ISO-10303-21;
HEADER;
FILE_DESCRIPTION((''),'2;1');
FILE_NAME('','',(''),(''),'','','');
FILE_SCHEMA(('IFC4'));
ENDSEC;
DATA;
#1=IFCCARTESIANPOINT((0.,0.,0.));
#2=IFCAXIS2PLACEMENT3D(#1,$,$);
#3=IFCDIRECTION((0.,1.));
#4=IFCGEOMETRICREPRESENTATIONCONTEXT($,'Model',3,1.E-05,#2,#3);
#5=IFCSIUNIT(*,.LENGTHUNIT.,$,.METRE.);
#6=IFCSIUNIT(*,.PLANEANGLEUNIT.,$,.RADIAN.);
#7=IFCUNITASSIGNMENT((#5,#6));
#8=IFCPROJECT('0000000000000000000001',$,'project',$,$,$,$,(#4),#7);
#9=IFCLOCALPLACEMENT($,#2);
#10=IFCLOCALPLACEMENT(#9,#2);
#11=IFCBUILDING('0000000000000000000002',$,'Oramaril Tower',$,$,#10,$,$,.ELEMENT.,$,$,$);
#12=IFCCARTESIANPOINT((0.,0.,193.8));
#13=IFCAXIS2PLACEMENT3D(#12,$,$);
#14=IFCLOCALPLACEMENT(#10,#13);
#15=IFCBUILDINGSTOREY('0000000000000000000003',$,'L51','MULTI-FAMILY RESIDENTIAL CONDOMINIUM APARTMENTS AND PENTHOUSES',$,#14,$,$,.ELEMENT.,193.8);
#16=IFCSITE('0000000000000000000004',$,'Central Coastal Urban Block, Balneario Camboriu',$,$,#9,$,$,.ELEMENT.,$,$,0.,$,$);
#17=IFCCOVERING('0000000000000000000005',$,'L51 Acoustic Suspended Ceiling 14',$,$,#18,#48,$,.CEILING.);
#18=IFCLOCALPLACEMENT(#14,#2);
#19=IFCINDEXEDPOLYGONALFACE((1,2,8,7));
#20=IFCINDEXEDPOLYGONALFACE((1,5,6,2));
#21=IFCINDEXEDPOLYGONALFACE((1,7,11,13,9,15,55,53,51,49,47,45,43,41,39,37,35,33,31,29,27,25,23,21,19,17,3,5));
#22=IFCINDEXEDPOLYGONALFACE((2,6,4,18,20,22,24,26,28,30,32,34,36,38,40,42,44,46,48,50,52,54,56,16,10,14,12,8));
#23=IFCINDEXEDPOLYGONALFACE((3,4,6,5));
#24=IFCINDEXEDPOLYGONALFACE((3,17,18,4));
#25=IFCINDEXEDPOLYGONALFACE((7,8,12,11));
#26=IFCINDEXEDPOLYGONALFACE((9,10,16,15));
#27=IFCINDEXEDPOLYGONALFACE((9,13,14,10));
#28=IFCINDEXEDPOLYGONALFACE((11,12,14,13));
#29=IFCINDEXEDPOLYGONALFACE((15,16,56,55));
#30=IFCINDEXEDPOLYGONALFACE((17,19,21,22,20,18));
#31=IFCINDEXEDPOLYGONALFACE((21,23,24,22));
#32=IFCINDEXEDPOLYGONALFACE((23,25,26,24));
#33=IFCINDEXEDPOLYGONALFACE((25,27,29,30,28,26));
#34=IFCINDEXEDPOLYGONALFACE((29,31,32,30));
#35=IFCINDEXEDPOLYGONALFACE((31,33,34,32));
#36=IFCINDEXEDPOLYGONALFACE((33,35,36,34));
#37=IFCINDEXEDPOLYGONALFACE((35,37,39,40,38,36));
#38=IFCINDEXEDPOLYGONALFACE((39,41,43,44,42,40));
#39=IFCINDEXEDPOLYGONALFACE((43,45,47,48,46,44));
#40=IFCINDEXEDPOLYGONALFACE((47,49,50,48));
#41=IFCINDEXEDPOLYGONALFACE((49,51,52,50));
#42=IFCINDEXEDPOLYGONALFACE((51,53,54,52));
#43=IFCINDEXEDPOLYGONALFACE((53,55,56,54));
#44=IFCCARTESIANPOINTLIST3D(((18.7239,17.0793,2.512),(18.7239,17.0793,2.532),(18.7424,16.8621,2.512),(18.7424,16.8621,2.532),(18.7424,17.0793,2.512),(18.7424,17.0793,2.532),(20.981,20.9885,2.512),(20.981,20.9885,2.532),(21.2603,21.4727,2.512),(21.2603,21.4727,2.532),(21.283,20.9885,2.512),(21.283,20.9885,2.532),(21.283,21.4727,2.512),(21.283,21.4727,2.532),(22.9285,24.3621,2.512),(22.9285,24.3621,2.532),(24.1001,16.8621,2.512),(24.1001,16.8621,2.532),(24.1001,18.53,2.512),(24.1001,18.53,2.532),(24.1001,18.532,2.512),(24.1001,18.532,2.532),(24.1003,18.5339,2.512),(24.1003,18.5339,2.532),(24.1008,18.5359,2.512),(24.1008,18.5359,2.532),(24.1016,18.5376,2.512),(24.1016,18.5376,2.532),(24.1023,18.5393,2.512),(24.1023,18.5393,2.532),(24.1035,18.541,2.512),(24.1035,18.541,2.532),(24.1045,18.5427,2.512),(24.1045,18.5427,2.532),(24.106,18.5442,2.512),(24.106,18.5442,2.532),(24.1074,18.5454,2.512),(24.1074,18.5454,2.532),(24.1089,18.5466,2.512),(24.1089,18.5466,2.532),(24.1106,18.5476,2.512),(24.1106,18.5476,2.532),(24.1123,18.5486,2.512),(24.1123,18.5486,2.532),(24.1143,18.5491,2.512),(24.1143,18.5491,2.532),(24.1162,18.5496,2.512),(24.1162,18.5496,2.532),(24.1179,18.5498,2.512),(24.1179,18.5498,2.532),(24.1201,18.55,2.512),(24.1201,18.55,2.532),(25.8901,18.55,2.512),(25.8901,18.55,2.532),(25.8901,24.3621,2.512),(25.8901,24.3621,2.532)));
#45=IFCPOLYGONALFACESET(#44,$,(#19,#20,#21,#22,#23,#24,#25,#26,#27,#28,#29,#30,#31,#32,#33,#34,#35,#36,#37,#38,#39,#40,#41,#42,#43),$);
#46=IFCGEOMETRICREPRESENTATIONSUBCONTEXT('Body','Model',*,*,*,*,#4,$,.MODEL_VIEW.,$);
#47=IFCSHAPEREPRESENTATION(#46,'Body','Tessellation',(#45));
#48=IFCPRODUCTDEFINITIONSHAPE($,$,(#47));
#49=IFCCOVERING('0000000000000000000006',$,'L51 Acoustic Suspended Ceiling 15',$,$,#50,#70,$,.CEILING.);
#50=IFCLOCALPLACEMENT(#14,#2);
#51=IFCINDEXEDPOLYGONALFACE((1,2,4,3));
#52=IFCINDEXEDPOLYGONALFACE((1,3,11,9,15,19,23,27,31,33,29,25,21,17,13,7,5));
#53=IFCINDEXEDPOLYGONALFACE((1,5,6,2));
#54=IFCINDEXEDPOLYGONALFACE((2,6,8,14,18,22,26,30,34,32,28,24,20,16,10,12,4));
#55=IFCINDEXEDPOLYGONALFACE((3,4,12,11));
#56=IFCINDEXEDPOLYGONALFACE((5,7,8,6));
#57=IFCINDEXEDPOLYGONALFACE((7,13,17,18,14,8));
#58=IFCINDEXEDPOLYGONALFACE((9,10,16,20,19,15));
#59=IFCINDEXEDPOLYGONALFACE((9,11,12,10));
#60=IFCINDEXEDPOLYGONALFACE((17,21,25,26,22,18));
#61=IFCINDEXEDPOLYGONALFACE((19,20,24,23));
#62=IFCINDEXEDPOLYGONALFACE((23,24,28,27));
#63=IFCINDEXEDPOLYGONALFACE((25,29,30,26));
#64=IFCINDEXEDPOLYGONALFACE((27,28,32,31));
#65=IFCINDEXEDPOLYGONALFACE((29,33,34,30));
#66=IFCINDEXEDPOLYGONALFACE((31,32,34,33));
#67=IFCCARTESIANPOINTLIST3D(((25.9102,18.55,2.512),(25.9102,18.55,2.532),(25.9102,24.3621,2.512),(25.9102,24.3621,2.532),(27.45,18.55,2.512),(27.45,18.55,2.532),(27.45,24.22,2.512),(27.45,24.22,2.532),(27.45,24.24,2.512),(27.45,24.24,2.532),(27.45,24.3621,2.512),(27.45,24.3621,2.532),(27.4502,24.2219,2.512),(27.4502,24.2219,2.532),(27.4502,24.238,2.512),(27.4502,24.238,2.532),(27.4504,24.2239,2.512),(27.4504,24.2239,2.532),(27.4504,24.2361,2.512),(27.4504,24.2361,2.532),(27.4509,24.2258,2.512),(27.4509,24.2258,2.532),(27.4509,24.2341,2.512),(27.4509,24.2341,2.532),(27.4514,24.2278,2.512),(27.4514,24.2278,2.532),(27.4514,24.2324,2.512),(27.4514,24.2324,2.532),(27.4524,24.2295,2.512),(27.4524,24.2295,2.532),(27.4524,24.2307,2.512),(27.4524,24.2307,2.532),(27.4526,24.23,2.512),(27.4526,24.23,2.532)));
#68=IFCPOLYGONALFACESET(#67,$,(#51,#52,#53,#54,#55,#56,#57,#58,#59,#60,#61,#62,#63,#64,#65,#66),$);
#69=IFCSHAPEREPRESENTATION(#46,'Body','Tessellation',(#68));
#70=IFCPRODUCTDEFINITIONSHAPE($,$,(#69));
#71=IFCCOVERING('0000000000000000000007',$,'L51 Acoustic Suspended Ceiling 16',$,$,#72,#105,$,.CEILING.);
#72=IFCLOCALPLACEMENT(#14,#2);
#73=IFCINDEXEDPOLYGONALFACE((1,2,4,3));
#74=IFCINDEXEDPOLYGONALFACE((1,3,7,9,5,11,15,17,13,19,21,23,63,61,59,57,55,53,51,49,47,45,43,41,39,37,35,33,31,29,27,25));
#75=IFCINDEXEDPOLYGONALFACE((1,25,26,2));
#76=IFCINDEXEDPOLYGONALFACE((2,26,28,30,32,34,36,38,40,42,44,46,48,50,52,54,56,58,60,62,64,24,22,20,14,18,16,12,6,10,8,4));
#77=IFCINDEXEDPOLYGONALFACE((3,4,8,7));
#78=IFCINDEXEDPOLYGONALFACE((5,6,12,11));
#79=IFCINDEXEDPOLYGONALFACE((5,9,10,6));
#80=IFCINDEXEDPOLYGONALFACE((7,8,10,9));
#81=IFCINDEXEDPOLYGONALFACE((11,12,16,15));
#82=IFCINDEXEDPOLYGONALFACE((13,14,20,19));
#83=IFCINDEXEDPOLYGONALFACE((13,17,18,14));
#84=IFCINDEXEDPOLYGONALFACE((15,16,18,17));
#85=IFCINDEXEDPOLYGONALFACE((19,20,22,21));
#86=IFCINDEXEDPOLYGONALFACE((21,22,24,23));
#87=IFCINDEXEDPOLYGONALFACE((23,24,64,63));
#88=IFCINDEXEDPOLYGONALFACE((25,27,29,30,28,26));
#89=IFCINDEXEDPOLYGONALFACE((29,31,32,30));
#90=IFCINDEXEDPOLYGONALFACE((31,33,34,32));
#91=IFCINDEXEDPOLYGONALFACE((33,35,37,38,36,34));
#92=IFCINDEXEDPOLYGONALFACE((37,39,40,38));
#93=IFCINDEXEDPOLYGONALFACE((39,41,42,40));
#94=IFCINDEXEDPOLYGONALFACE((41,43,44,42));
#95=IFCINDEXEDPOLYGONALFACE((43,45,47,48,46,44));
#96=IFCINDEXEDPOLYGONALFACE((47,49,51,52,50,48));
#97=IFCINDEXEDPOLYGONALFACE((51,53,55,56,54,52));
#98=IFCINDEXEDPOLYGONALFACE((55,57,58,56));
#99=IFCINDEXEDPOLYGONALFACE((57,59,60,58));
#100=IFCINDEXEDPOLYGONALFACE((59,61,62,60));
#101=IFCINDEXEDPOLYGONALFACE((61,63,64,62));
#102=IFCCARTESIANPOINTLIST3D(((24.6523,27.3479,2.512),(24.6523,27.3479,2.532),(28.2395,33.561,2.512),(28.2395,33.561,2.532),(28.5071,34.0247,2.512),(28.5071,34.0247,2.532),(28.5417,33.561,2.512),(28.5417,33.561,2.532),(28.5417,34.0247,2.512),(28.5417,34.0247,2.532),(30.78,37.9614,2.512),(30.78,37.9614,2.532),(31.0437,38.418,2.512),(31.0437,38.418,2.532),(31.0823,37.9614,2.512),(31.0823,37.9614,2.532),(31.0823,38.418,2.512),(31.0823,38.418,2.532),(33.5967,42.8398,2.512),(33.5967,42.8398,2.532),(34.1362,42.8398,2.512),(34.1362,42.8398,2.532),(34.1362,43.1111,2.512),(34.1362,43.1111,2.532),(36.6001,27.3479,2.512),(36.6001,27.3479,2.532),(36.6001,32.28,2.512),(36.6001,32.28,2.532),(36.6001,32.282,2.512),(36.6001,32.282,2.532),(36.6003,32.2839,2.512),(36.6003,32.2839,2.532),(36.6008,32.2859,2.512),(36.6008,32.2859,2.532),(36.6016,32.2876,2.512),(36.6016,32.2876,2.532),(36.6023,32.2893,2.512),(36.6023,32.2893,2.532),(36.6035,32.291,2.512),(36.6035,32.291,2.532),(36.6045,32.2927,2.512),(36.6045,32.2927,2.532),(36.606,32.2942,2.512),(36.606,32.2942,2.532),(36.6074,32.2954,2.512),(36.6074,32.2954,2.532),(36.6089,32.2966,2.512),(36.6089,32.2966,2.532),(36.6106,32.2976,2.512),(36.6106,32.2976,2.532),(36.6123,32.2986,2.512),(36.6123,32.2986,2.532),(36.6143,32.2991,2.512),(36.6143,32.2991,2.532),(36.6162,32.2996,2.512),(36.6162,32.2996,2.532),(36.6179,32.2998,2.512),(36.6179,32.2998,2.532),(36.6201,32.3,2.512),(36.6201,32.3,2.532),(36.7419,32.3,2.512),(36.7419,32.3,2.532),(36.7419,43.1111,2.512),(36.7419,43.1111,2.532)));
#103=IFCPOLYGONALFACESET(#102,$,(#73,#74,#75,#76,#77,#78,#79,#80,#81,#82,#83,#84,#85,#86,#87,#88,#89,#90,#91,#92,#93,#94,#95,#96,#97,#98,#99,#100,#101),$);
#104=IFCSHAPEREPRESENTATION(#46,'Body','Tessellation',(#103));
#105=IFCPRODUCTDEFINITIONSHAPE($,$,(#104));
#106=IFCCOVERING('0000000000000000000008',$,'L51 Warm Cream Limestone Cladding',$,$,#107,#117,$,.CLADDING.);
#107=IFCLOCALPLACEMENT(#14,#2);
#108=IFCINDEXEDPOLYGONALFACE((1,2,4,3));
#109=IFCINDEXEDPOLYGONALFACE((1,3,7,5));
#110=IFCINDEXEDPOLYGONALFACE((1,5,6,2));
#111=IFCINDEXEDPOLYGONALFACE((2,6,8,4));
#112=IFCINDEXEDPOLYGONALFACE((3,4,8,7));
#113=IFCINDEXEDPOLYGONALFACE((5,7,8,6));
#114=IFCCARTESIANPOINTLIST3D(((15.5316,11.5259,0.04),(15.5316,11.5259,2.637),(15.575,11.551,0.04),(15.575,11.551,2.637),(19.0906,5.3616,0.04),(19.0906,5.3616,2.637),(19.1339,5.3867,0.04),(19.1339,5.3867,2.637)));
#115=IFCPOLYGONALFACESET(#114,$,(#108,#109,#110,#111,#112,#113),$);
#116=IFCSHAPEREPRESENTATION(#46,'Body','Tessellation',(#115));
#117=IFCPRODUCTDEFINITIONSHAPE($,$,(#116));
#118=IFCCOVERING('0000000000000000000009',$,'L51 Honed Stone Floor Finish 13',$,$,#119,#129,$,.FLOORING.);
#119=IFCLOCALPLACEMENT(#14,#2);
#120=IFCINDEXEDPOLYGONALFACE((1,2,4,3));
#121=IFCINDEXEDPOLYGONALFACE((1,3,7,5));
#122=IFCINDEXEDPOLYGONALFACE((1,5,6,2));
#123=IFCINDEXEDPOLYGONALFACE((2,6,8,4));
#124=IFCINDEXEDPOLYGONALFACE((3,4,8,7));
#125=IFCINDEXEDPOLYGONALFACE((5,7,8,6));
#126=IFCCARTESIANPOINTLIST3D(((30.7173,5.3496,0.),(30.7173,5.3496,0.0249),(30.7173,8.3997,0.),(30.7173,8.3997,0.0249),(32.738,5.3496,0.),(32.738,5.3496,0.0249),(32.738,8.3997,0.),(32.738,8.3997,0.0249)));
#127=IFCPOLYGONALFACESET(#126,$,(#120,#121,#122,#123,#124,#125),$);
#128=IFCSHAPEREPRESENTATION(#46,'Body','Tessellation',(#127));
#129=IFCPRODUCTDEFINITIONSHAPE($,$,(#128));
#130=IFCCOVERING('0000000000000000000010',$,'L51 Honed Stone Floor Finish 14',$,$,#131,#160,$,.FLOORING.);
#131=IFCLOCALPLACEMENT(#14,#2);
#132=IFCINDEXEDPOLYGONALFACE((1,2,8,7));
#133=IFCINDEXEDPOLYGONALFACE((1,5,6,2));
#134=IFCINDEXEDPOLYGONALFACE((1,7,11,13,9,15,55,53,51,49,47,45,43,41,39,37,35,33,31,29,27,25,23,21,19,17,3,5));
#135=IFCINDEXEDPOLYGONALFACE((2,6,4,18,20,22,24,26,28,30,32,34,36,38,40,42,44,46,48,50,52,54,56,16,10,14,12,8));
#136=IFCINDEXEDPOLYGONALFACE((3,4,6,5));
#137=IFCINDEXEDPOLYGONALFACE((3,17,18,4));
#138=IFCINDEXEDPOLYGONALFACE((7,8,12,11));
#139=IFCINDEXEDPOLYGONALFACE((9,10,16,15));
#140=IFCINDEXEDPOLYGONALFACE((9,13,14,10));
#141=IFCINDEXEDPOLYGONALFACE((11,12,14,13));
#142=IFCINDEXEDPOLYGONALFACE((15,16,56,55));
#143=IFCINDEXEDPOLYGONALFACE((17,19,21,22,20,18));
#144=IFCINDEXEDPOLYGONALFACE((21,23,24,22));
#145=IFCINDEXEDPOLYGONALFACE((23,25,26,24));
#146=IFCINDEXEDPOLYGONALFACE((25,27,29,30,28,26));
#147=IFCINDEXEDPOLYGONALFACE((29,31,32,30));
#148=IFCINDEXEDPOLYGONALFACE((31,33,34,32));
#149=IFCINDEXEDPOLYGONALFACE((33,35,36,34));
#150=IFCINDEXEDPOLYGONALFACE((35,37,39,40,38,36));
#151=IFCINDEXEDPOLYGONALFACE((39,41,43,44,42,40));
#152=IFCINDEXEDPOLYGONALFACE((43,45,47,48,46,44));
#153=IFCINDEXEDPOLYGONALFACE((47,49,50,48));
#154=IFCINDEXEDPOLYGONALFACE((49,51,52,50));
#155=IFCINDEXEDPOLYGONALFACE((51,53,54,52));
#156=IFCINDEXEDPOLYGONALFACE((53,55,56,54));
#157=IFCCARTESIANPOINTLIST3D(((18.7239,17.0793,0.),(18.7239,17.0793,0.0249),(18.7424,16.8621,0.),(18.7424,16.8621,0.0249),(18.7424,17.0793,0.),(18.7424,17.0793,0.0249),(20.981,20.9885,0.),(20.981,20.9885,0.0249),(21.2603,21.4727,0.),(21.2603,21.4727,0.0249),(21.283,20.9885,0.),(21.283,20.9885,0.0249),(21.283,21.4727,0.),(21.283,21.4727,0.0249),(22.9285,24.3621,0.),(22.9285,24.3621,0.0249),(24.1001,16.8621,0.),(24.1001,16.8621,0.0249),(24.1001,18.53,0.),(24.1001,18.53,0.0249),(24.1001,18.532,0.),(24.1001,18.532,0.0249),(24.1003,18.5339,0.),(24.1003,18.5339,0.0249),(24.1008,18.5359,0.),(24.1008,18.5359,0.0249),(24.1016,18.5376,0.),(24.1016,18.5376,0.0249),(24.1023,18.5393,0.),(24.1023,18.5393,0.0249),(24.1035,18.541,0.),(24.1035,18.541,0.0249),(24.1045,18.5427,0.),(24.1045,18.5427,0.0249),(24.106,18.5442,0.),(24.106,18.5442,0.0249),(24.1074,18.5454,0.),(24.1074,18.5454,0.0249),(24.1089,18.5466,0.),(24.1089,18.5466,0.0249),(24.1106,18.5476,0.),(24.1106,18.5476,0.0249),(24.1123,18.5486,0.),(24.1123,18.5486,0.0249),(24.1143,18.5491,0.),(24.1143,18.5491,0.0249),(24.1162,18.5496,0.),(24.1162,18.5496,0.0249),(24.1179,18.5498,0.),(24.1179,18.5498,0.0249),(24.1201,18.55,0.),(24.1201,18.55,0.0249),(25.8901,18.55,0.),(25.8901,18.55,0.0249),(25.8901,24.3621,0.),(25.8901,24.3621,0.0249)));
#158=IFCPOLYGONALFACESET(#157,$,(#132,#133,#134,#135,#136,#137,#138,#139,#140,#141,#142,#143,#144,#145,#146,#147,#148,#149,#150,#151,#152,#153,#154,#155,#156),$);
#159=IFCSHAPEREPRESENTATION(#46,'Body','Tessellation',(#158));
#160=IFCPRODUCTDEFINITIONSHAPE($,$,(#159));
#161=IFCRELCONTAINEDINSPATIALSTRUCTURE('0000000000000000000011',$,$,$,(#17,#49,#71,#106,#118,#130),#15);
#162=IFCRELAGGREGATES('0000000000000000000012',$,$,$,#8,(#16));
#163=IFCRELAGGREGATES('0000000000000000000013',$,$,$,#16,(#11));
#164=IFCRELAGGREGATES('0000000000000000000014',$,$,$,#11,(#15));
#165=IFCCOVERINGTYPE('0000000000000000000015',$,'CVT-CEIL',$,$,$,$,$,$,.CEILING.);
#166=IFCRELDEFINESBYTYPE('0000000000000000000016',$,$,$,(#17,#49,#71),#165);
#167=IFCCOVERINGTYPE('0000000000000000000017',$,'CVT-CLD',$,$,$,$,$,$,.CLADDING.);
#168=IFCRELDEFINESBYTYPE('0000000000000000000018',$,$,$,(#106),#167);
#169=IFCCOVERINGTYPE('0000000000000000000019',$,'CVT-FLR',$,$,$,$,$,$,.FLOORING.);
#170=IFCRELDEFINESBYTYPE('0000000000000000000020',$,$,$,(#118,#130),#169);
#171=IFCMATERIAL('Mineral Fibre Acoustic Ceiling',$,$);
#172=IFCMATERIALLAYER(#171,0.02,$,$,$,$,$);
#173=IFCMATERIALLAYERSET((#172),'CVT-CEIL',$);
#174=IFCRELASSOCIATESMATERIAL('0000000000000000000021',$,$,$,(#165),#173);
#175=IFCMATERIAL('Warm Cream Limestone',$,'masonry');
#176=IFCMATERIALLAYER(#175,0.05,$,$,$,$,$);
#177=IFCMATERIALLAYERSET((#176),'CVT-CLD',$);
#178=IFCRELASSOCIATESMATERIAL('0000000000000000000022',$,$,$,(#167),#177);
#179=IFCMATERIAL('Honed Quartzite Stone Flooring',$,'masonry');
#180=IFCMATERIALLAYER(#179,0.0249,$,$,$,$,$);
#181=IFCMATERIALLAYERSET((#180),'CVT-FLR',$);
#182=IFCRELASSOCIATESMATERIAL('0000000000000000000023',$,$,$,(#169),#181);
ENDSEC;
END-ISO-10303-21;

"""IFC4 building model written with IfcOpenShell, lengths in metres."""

from ifc_helpers import new_model, si_unit, direction, frame, origin, origin_2d, place, context, subcontext, project, spatial, polyline, rectangle, outline, extrude, material, layer, layer_set, type_object, element, save


model = new_model("IFC4")

# Units and contexts
model_context = context("Model", 3, precision=1e-05, world=origin(), true_north=direction((0.0, 1.0)))
body_context = subcontext(model_context, "Body", "Model", "MODEL_VIEW")
ifc_project = project(units=[si_unit("LENGTHUNIT", "METRE"), si_unit("PLANEANGLEUNIT", "RADIAN")], contexts=[model_context])

# Site, building, storey
site_placement = place(None, origin())
site = spatial("IfcSite", under=ifc_project, at=site_placement, Name="Central Coastal Urban Block, Balneario Camboriu", CompositionType="ELEMENT", RefElevation=0.0)
building_placement = place(site_placement, origin())
building = spatial("IfcBuilding", under=site, at=building_placement, Name="Oramaril Tower", CompositionType="ELEMENT")
storey_placement = place(building_placement, frame((0.0, 0.0, 193.8)))
storey = spatial("IfcBuildingStorey", under=building, at=storey_placement, Name="L51", Description="MULTI-FAMILY RESIDENTIAL CONDOMINIUM APARTMENTS AND PENTHOUSES", CompositionType="ELEMENT", Elevation=193.8)

# Coverings
ifc_material_1 = material(Name="Mineral Fibre Acoustic Ceiling")
ifc_layer_1 = layer(ifc_material_1, 0.02)
ifc_layer_set_1 = layer_set([ifc_layer_1], Name="CVT-CEIL")
covering_type_1 = type_object("IfcCoveringType", Name="CVT-CEIL", PredefinedType="CEILING", material=ifc_layer_set_1)
covering_1_placement = place(storey_placement, frame((0.0, 0.0, 2.512)))
element("IfcCovering", 1, at=covering_1_placement, inside=storey, type_object=covering_type_1, Name="L51 Acoustic Suspended Ceiling 14", PredefinedType="CEILING", context=body_context, shape_type="SweptSolid", body=[
    extrude(outline(polyline([(18.7424, 17.0793), (18.7239, 17.0793), (20.981, 20.9885), (21.283, 20.9885), (21.283, 21.4727), (21.2603, 21.4727), (22.9285, 24.3621), (25.8901, 24.3621), (25.8901, 18.55), (24.1201, 18.55), (24.1179, 18.5498), (24.1162, 18.5496), (24.1143, 18.5491), (24.1123, 18.5486), (24.1106, 18.5476), (24.1089, 18.5466), (24.1074, 18.5454), (24.106, 18.5442), (24.1045, 18.5427), (24.1035, 18.541), (24.1023, 18.5393), (24.1016, 18.5376), (24.1008, 18.5359), (24.1003, 18.5339), (24.1001, 18.532), (24.1001, 18.53), (24.1001, 16.8621), (18.7424, 16.8621), (18.7424, 17.0793)])), origin(), (0.0, 0.0, 1.0), 0.02),
])
covering_2_placement = place(storey_placement, frame((0.0, 0.0, 2.512)))
element("IfcCovering", 2, at=covering_2_placement, inside=storey, type_object=covering_type_1, Name="L51 Acoustic Suspended Ceiling 15", PredefinedType="CEILING", context=body_context, shape_type="SweptSolid", body=[
    extrude(outline(polyline([(27.45, 24.3621), (27.45, 24.24), (27.4502, 24.238), (27.4504, 24.2361), (27.4509, 24.2341), (27.4514, 24.2324), (27.4524, 24.2307), (27.4526, 24.23), (27.4524, 24.2295), (27.4514, 24.2278), (27.4509, 24.2258), (27.4504, 24.2239), (27.4502, 24.2219), (27.45, 24.22), (27.45, 18.55), (25.9102, 18.55), (25.9102, 24.3621), (27.45, 24.3621)])), origin(), (0.0, 0.0, 1.0), 0.02),
])
covering_3_placement = place(storey_placement, frame((0.0, 0.0, 2.512)))
element("IfcCovering", 3, at=covering_3_placement, inside=storey, type_object=covering_type_1, Name="L51 Acoustic Suspended Ceiling 16", PredefinedType="CEILING", context=body_context, shape_type="SweptSolid", body=[
    extrude(outline(polyline([(36.7419, 32.3), (36.6201, 32.3), (36.6179, 32.2998), (36.6162, 32.2996), (36.6143, 32.2991), (36.6123, 32.2986), (36.6106, 32.2976), (36.6089, 32.2966), (36.6074, 32.2954), (36.606, 32.2942), (36.6045, 32.2927), (36.6035, 32.291), (36.6023, 32.2893), (36.6016, 32.2876), (36.6008, 32.2859), (36.6003, 32.2839), (36.6001, 32.282), (36.6001, 32.28), (36.6001, 27.3479), (24.6523, 27.3479), (28.2395, 33.561), (28.5417, 33.561), (28.5417, 34.0247), (28.5071, 34.0247), (30.78, 37.9614), (31.0823, 37.9614), (31.0823, 38.418), (31.0437, 38.418), (33.5967, 42.8398), (34.1362, 42.8398), (34.1362, 43.1111), (36.7419, 43.1111), (36.7419, 32.3)])), origin(), (0.0, 0.0, 1.0), 0.02),
])
ifc_material_2 = material(Name="Warm Cream Limestone", Category="masonry")
ifc_layer_2 = layer(ifc_material_2, 0.05)
ifc_layer_set_2 = layer_set([ifc_layer_2], Name="CVT-CLD")
covering_type_2 = type_object("IfcCoveringType", Name="CVT-CLD", PredefinedType="CLADDING", material=ifc_layer_set_2)
covering_4_placement = place(storey_placement, frame((17.3328, 8.4563, 0.04), z_axis=(0.0, 0.0, 1.0), x_axis=(0.499998, -0.866026, 0.0)))
element("IfcCovering", 4, at=covering_4_placement, inside=storey, type_object=covering_type_2, Name="L51 Warm Cream Limestone Cladding", PredefinedType="CLADDING", context=body_context, shape_type="SweptSolid", body=[
    extrude(rectangle(XDim=7.1179, YDim=0.05, at=origin_2d()), origin(), (0.0, 0.0, 1.0), 2.5969),
])
ifc_material_3 = material(Name="Honed Quartzite Stone Flooring", Category="masonry")
ifc_layer_3 = layer(ifc_material_3, 0.0249)
ifc_layer_set_3 = layer_set([ifc_layer_3], Name="CVT-FLR")
covering_type_3 = type_object("IfcCoveringType", Name="CVT-FLR", PredefinedType="FLOORING", material=ifc_layer_set_3)
covering_5_placement = place(storey_placement, origin())
element("IfcCovering", 5, at=covering_5_placement, inside=storey, type_object=covering_type_3, Name="L51 Honed Stone Floor Finish 13", PredefinedType="FLOORING", context=body_context, shape_type="SweptSolid", body=[
    extrude(outline(polyline([(30.7173, 5.3496), (30.7173, 8.3997), (32.738, 8.3997), (32.738, 5.3496), (30.7173, 5.3496)])), origin(), (0.0, 0.0, 1.0), 0.0249),
])
covering_6_placement = place(storey_placement, origin())
element("IfcCovering", 6, at=covering_6_placement, inside=storey, type_object=covering_type_3, Name="L51 Honed Stone Floor Finish 14", PredefinedType="FLOORING", context=body_context, shape_type="SweptSolid", body=[
    extrude(outline(polyline([(18.7424, 17.0793), (18.7239, 17.0793), (20.981, 20.9885), (21.283, 20.9885), (21.283, 21.4727), (21.2603, 21.4727), (22.9285, 24.3621), (25.8901, 24.3621), (25.8901, 18.55), (24.1201, 18.55), (24.1179, 18.5498), (24.1162, 18.5496), (24.1143, 18.5491), (24.1123, 18.5486), (24.1106, 18.5476), (24.1089, 18.5466), (24.1074, 18.5454), (24.106, 18.5442), (24.1045, 18.5427), (24.1035, 18.541), (24.1023, 18.5393), (24.1016, 18.5376), (24.1008, 18.5359), (24.1003, 18.5339), (24.1001, 18.532), (24.1001, 18.53), (24.1001, 16.8621), (18.7424, 16.8621), (18.7424, 17.0793)])), origin(), (0.0, 0.0, 1.0), 0.0249),
])

save(model, "model.ifc")
